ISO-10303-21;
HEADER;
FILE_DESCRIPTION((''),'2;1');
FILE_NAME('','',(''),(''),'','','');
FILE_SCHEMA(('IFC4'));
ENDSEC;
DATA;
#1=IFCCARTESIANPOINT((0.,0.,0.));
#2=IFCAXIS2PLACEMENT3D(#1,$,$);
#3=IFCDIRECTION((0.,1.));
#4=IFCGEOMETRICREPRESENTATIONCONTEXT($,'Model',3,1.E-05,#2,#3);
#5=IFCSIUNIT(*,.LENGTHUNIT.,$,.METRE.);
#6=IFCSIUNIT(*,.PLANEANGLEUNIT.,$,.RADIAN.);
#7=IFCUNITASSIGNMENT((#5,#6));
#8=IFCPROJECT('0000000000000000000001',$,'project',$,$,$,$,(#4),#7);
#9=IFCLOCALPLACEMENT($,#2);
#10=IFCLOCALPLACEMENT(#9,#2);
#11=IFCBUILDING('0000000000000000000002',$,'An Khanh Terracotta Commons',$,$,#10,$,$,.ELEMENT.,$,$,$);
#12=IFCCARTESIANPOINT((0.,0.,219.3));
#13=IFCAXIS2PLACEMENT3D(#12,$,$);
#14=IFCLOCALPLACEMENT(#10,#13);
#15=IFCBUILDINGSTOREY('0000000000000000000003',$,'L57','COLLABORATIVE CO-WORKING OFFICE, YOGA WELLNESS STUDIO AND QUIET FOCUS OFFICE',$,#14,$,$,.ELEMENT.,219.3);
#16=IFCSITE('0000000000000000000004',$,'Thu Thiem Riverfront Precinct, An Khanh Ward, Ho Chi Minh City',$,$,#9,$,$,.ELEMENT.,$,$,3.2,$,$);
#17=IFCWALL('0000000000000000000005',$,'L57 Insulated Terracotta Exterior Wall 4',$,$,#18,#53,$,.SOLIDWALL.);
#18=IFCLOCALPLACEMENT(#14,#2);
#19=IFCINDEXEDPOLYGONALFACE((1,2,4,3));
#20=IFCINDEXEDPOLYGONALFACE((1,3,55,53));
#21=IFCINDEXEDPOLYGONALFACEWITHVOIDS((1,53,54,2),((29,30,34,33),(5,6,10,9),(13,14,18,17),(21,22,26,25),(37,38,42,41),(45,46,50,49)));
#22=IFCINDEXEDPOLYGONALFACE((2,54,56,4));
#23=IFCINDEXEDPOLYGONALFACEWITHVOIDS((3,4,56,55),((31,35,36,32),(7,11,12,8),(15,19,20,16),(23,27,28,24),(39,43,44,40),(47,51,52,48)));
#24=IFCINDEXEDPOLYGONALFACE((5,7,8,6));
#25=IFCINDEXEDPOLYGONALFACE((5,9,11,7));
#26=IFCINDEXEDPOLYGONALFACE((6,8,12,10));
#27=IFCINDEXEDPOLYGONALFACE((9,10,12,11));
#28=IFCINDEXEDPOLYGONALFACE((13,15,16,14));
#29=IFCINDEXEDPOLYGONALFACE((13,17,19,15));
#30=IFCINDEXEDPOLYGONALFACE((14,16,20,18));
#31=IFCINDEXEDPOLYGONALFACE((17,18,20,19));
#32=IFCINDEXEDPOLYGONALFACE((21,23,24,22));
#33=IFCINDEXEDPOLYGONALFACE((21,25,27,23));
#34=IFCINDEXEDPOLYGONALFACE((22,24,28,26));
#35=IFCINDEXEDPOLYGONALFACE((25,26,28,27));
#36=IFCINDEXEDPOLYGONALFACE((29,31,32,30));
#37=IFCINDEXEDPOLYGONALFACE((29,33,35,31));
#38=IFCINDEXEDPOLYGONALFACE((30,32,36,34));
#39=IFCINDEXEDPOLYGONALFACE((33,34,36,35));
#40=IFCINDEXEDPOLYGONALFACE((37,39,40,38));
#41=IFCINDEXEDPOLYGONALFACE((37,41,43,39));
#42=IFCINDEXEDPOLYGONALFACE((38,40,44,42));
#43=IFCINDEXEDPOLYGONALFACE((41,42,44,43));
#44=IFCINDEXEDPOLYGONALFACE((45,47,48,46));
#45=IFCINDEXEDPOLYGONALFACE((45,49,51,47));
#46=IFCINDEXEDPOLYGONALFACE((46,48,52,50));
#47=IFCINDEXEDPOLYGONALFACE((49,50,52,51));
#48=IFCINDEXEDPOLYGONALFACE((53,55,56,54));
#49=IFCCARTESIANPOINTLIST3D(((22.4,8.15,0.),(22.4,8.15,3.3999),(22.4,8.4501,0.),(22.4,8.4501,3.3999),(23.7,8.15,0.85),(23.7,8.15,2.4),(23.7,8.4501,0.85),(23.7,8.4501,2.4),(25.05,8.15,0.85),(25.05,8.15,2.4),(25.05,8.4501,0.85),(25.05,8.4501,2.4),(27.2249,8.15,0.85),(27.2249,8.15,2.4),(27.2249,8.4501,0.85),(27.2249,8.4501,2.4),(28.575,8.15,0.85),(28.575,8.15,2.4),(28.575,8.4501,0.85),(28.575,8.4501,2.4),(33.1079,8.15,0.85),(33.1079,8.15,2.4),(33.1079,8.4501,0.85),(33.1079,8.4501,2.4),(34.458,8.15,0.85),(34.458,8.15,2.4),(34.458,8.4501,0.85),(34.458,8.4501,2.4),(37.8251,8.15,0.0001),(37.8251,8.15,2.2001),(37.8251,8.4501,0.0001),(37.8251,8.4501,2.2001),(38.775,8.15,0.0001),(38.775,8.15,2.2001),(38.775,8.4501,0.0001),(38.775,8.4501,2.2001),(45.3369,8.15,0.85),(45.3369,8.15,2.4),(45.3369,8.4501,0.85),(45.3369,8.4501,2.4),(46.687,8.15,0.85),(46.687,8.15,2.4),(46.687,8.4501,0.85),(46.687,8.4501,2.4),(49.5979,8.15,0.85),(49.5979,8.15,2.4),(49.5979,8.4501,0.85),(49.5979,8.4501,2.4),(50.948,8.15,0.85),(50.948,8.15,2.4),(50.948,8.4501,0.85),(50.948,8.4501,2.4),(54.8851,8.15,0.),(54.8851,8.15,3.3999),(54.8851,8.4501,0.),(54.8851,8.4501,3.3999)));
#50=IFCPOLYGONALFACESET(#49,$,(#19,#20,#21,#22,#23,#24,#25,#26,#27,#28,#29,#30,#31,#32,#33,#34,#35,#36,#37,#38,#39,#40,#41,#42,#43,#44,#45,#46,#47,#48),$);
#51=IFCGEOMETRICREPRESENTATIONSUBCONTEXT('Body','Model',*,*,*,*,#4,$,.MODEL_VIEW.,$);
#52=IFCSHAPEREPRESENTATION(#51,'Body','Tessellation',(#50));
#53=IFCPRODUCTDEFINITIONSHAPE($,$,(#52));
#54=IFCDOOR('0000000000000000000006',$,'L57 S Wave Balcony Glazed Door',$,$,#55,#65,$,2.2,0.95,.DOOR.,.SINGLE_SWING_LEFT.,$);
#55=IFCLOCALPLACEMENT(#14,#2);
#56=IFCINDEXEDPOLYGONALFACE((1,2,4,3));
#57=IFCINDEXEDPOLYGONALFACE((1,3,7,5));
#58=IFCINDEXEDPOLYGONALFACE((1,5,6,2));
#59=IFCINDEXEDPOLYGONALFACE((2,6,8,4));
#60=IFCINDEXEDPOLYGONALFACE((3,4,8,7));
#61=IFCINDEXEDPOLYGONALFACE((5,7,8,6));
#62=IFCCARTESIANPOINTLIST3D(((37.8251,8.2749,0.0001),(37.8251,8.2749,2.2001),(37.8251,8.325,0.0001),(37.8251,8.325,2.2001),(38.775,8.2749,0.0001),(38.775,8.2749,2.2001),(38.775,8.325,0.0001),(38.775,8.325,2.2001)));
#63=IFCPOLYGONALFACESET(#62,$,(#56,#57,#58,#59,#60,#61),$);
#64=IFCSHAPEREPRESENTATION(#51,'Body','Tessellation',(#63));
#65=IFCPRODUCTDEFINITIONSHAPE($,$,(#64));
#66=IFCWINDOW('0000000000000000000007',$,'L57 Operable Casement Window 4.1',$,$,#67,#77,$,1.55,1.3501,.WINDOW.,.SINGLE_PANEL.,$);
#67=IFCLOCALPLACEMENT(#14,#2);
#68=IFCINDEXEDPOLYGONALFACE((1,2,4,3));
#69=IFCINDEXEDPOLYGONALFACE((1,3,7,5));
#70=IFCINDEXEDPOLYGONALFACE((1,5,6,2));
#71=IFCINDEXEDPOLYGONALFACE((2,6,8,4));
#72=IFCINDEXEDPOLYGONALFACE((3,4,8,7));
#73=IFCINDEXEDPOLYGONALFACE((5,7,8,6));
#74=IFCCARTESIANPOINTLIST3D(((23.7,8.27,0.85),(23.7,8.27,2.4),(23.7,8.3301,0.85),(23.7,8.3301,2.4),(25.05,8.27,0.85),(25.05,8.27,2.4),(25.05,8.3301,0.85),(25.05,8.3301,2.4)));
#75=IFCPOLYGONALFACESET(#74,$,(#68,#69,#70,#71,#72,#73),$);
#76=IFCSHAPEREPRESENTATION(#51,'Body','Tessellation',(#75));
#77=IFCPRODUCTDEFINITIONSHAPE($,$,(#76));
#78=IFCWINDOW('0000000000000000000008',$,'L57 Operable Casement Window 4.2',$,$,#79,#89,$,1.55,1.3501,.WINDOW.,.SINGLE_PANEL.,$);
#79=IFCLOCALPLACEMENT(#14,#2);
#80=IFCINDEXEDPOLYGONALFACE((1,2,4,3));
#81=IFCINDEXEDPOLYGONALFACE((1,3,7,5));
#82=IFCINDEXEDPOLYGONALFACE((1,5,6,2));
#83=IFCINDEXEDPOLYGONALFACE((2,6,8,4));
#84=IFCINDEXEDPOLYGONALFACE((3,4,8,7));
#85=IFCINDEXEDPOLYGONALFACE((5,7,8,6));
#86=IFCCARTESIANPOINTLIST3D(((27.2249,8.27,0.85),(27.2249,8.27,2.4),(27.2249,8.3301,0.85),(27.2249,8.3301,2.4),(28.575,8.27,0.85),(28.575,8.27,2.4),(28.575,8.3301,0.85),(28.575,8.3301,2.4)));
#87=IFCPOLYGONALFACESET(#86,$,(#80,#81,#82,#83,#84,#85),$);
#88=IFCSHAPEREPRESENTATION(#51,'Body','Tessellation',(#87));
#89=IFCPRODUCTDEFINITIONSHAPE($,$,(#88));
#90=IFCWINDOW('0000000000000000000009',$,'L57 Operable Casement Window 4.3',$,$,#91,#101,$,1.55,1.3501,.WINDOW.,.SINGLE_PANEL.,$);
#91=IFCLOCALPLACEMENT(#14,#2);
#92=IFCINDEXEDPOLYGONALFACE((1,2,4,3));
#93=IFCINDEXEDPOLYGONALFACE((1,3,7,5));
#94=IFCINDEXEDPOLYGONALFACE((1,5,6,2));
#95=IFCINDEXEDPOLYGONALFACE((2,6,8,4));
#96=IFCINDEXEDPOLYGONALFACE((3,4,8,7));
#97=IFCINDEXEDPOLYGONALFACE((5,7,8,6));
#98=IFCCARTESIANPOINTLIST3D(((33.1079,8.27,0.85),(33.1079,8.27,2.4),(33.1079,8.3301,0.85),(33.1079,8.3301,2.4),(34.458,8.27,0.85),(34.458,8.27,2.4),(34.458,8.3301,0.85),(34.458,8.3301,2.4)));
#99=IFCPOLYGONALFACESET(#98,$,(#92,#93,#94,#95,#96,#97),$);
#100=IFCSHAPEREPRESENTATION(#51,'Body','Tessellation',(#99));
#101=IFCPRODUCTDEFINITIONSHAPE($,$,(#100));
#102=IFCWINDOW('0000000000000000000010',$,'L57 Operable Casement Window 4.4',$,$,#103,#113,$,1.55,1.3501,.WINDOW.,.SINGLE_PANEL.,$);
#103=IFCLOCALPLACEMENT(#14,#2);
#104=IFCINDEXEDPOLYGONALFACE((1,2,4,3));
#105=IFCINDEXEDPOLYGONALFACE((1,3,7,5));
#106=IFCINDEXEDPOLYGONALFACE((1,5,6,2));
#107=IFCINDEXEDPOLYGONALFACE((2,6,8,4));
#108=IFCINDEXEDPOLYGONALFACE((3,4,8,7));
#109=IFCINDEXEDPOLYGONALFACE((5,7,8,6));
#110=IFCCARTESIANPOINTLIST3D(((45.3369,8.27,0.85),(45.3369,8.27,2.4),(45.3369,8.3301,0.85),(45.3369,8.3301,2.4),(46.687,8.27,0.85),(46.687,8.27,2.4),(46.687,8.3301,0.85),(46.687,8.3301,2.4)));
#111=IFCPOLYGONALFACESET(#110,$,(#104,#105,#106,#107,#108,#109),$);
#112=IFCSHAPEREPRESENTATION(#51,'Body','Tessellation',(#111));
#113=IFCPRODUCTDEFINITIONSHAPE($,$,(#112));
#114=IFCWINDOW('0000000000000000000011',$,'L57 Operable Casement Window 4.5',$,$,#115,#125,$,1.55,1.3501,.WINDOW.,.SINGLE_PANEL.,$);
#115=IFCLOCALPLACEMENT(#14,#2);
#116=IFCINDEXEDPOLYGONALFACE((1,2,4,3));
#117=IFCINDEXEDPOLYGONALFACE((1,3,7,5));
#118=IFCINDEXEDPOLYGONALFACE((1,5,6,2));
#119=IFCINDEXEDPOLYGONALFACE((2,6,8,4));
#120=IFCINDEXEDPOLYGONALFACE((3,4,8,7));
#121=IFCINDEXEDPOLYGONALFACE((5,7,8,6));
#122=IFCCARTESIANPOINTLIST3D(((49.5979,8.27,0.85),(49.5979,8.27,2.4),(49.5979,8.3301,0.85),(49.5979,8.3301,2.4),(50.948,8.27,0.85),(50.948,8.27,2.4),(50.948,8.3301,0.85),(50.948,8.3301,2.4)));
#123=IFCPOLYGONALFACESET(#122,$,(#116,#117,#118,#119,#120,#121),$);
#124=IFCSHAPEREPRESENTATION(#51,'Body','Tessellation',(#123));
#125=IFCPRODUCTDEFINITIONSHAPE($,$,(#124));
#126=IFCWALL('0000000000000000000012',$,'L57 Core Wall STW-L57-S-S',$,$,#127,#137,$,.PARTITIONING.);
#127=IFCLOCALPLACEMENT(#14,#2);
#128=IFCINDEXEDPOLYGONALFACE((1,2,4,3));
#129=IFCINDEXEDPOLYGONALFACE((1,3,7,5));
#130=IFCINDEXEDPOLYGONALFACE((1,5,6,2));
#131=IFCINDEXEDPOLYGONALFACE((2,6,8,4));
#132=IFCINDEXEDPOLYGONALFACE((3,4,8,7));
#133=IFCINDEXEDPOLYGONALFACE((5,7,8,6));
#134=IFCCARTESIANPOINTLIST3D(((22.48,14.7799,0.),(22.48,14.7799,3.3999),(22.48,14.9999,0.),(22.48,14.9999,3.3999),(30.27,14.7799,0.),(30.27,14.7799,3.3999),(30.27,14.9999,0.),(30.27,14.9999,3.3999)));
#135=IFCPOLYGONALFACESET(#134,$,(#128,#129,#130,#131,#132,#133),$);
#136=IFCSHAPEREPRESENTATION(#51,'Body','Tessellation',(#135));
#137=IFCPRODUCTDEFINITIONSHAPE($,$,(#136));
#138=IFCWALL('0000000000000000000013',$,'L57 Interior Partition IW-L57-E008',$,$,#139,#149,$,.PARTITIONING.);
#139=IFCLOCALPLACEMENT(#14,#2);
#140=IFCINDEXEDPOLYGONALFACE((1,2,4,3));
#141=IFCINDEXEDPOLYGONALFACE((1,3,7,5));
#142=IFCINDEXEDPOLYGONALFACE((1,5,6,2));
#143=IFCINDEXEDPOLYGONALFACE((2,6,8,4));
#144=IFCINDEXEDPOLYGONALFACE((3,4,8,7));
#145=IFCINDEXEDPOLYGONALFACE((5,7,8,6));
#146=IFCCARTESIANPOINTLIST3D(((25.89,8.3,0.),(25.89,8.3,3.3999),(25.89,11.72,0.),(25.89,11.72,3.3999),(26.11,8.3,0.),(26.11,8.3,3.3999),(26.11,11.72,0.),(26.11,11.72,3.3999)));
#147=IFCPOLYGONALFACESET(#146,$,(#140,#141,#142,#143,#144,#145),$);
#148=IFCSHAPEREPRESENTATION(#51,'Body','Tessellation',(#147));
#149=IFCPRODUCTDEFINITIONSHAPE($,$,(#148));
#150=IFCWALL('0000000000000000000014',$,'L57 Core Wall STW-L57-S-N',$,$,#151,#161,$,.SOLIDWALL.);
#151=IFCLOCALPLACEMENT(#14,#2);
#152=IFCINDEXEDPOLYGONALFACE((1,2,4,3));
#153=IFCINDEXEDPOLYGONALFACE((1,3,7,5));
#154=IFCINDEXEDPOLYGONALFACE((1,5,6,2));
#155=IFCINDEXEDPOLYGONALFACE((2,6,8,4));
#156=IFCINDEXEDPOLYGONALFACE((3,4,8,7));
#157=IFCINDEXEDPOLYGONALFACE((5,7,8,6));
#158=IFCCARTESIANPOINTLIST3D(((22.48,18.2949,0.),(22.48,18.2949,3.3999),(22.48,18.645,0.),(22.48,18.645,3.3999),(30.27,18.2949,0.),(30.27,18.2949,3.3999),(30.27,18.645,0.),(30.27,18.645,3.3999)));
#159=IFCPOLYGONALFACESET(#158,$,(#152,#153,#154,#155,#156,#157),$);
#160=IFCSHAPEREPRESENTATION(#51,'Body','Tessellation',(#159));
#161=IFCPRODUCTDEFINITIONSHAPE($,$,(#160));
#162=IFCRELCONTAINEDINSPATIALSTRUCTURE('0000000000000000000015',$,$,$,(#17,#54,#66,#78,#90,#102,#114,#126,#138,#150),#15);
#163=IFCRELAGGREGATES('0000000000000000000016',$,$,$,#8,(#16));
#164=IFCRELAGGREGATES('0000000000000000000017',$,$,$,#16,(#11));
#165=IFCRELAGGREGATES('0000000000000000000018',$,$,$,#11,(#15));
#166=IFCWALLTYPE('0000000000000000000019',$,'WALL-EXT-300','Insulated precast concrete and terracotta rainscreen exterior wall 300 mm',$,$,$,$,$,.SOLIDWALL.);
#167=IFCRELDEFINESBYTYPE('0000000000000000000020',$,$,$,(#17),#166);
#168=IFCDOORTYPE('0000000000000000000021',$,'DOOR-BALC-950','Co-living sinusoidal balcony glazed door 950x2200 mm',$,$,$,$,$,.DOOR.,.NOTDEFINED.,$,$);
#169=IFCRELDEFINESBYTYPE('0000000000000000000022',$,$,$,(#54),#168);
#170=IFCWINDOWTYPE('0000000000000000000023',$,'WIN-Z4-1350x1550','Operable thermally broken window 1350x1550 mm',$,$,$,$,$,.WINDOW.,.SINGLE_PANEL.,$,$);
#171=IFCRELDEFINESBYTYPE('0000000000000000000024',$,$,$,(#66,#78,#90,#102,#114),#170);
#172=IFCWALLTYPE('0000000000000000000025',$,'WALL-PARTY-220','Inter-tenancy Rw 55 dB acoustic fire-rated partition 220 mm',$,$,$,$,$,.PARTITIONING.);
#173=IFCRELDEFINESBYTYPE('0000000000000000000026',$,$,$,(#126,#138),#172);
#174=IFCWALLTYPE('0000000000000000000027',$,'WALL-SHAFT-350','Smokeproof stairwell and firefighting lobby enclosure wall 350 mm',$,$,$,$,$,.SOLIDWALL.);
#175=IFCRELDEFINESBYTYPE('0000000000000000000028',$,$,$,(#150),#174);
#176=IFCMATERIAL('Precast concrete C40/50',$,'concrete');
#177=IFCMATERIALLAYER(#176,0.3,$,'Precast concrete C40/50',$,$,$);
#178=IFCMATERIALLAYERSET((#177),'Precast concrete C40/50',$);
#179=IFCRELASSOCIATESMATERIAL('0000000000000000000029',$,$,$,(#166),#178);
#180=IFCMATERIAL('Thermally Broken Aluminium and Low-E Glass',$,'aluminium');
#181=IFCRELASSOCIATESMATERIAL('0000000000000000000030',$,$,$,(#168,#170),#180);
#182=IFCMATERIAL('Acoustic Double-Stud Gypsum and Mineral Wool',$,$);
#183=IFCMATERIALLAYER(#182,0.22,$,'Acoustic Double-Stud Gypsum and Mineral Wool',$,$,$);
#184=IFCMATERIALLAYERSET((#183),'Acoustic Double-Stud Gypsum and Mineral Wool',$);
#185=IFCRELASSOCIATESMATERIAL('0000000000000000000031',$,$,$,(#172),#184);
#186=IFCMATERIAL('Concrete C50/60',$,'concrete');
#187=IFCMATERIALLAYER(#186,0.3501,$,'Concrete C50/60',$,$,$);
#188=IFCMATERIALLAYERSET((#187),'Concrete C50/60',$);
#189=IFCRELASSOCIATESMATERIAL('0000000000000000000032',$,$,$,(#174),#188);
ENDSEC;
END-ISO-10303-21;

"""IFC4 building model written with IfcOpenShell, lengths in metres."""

from ifc_helpers import new_model, si_unit, direction, frame, frame_2d, origin, place, context, subcontext, project, spatial, rectangle, extrude, material, layer, layer_set, type_object, element, fill, save


model = new_model("IFC4")

# Units and contexts
model_context = context("Model", 3, precision=1e-05, world=origin(), true_north=direction((0.0, 1.0)))
body_context = subcontext(model_context, "Body", "Model", "MODEL_VIEW")
ifc_project = project(units=[si_unit("LENGTHUNIT", "METRE"), si_unit("PLANEANGLEUNIT", "RADIAN")], contexts=[model_context])

# Site, building, storey
site_placement = place(None, origin())
site = spatial("IfcSite", under=ifc_project, at=site_placement, Name="Thu Thiem Riverfront Precinct, An Khanh Ward, Ho Chi Minh City", CompositionType="ELEMENT", RefElevation=3.2)
building_placement = place(site_placement, origin())
building = spatial("IfcBuilding", under=site, at=building_placement, Name="An Khanh Terracotta Commons", CompositionType="ELEMENT")
storey_placement = place(building_placement, frame((0.0, 0.0, 219.3)))
storey = spatial("IfcBuildingStorey", under=building, at=storey_placement, Name="L57", Description="COLLABORATIVE CO-WORKING OFFICE, YOGA WELLNESS STUDIO AND QUIET FOCUS OFFICE", CompositionType="ELEMENT", Elevation=219.3)

# Shared definitions
ifc_material_1 = material(Name="Concrete C50/60", Category="concrete")

# Wall, openings, door, windows
ifc_material_2 = material(Name="Precast concrete C40/50", Category="concrete")
ifc_layer_1 = layer(ifc_material_2, 0.3, Name="Precast concrete C40/50")
ifc_layer_set_1 = layer_set([ifc_layer_1], Name="Precast concrete C40/50")
wall_type_1 = type_object("IfcWallType", Name="WALL-EXT-300", Description="Insulated precast concrete and terracotta rainscreen exterior wall 300 mm", PredefinedType="SOLIDWALL", material=ifc_layer_set_1)
wall_1_placement = place(storey_placement, frame((22.3999, 8.3, 0.0), z_axis=(0.0, 0.0, 1.0), x_axis=(1.0, 0.0, 0.0)))
wall_1 = element("IfcWall", 1, at=wall_1_placement, inside=storey, type_object=wall_type_1, Name="L57 Insulated Terracotta Exterior Wall 4", PredefinedType="SOLIDWALL", context=body_context, shape_type="SweptSolid", body=[
    extrude(rectangle(XDim=32.4851, YDim=0.3, at=frame_2d((16.2427, 0.0))), origin(), (0.0, 0.0, 1.0), 3.3999),
])
opening_1_placement = place(wall_1_placement, frame((15.425, 0.0, 0.0)))
opening_1 = element("IfcOpeningElement", 2, at=opening_1_placement, cuts=wall_1, PredefinedType="OPENING", context=body_context, shape_type="SweptSolid", body=[
    extrude(rectangle(XDim=0.95, YDim=2.2, at=frame_2d((0.4751, 1.1001))), frame((0.0, 0.1599, 0.0), z_axis=(0.0, -1.0, 0.0), x_axis=(1.0, 0.0, 0.0)), (0.0, 0.0, 1.0), 0.3201),
])
opening_2_placement = place(wall_1_placement, frame((1.3, 0.0, 0.8501)))
opening_2 = element("IfcOpeningElement", 3, at=opening_2_placement, cuts=wall_1, PredefinedType="OPENING", context=body_context, shape_type="SweptSolid", body=[
    extrude(rectangle(XDim=1.3501, YDim=1.55, at=frame_2d((0.675, 0.7749))), frame((0.0, 0.1599, 0.0), z_axis=(0.0, -1.0, 0.0), x_axis=(1.0, 0.0, 0.0)), (0.0, 0.0, 1.0), 0.3201),
])
opening_3_placement = place(wall_1_placement, frame((4.825, 0.0, 0.8501)))
opening_3 = element("IfcOpeningElement", 4, at=opening_3_placement, cuts=wall_1, PredefinedType="OPENING", context=body_context, shape_type="SweptSolid", body=[
    extrude(rectangle(XDim=1.3501, YDim=1.55, at=frame_2d((0.675, 0.7749))), frame((0.0, 0.1599, 0.0), z_axis=(0.0, -1.0, 0.0), x_axis=(1.0, 0.0, 0.0)), (0.0, 0.0, 1.0), 0.3201),
])
opening_4_placement = place(wall_1_placement, frame((10.708, 0.0, 0.8501)))
opening_4 = element("IfcOpeningElement", 5, at=opening_4_placement, cuts=wall_1, PredefinedType="OPENING", context=body_context, shape_type="SweptSolid", body=[
    extrude(rectangle(XDim=1.3501, YDim=1.55, at=frame_2d((0.675, 0.7749))), frame((0.0, 0.1599, 0.0), z_axis=(0.0, -1.0, 0.0), x_axis=(1.0, 0.0, 0.0)), (0.0, 0.0, 1.0), 0.3201),
])
opening_5_placement = place(wall_1_placement, frame((22.937, 0.0, 0.8501)))
opening_5 = element("IfcOpeningElement", 6, at=opening_5_placement, cuts=wall_1, PredefinedType="OPENING", context=body_context, shape_type="SweptSolid", body=[
    extrude(rectangle(XDim=1.3501, YDim=1.55, at=frame_2d((0.675, 0.7749))), frame((0.0, 0.1599, 0.0), z_axis=(0.0, -1.0, 0.0), x_axis=(1.0, 0.0, 0.0)), (0.0, 0.0, 1.0), 0.3201),
])
opening_6_placement = place(wall_1_placement, frame((27.198, 0.0, 0.8501)))
opening_6 = element("IfcOpeningElement", 7, at=opening_6_placement, cuts=wall_1, PredefinedType="OPENING", context=body_context, shape_type="SweptSolid", body=[
    extrude(rectangle(XDim=1.3501, YDim=1.55, at=frame_2d((0.675, 0.7749))), frame((0.0, 0.1599, 0.0), z_axis=(0.0, -1.0, 0.0), x_axis=(1.0, 0.0, 0.0)), (0.0, 0.0, 1.0), 0.3201),
])
ifc_material_3 = material(Name="Thermally Broken Aluminium and Low-E Glass", Category="aluminium")
door_type = type_object("IfcDoorType", Name="DOOR-BALC-950", Description="Co-living sinusoidal balcony glazed door 950x2200 mm", OperationType="NOTDEFINED", PredefinedType="DOOR", material=ifc_material_3)
door_placement = place(opening_1_placement, origin())
door = element("IfcDoor", 8, at=door_placement, inside=storey, type_object=door_type, Name="L57 S Wave Balcony Glazed Door", OperationType="SINGLE_SWING_LEFT", OverallHeight=2.2, OverallWidth=0.95, PredefinedType="DOOR", context=body_context, shape_type="SweptSolid", body=[
    extrude(rectangle(XDim=0.95, YDim=2.2, at=frame_2d((0.4751, 1.1001))), frame((0.0, 0.0249, 0.0), z_axis=(0.0, -1.0, 0.0), x_axis=(1.0, 0.0, 0.0)), (0.0, 0.0, 1.0), 0.05),
])
fill(opening_1, door)
window_type = type_object("IfcWindowType", Name="WIN-Z4-1350x1550", Description="Operable thermally broken window 1350x1550 mm", PartitioningType="SINGLE_PANEL", PredefinedType="WINDOW", material=ifc_material_3)
window_1_placement = place(opening_2_placement, origin())
window_1 = element("IfcWindow", 9, at=window_1_placement, inside=storey, type_object=window_type, Name="L57 Operable Casement Window 4.1", OverallHeight=1.55, OverallWidth=1.3501, PartitioningType="SINGLE_PANEL", PredefinedType="WINDOW", context=body_context, shape_type="SweptSolid", body=[
    extrude(rectangle(XDim=1.3501, YDim=1.55, at=frame_2d((0.675, 0.7749))), frame((0.0, 0.03, 0.0), z_axis=(0.0, -1.0, 0.0), x_axis=(1.0, 0.0, 0.0)), (0.0, 0.0, 1.0), 0.0601),
])
fill(opening_2, window_1)
window_2_placement = place(opening_3_placement, origin())
window_2 = element("IfcWindow", 10, at=window_2_placement, inside=storey, type_object=window_type, Name="L57 Operable Casement Window 4.2", OverallHeight=1.55, OverallWidth=1.3501, PartitioningType="SINGLE_PANEL", PredefinedType="WINDOW", context=body_context, shape_type="SweptSolid", body=[
    extrude(rectangle(XDim=1.3501, YDim=1.55, at=frame_2d((0.675, 0.7749))), frame((0.0, 0.03, 0.0), z_axis=(0.0, -1.0, 0.0), x_axis=(1.0, 0.0, 0.0)), (0.0, 0.0, 1.0), 0.0601),
])
fill(opening_3, window_2)
window_3_placement = place(opening_4_placement, origin())
window_3 = element("IfcWindow", 11, at=window_3_placement, inside=storey, type_object=window_type, Name="L57 Operable Casement Window 4.3", OverallHeight=1.55, OverallWidth=1.3501, PartitioningType="SINGLE_PANEL", PredefinedType="WINDOW", context=body_context, shape_type="SweptSolid", body=[
    extrude(rectangle(XDim=1.3501, YDim=1.55, at=frame_2d((0.675, 0.7749))), frame((0.0, 0.03, 0.0), z_axis=(0.0, -1.0, 0.0), x_axis=(1.0, 0.0, 0.0)), (0.0, 0.0, 1.0), 0.0601),
])
fill(opening_4, window_3)
window_4_placement = place(opening_5_placement, origin())
window_4 = element("IfcWindow", 12, at=window_4_placement, inside=storey, type_object=window_type, Name="L57 Operable Casement Window 4.4", OverallHeight=1.55, OverallWidth=1.3501, PartitioningType="SINGLE_PANEL", PredefinedType="WINDOW", context=body_context, shape_type="SweptSolid", body=[
    extrude(rectangle(XDim=1.3501, YDim=1.55, at=frame_2d((0.675, 0.7749))), frame((0.0, 0.03, 0.0), z_axis=(0.0, -1.0, 0.0), x_axis=(1.0, 0.0, 0.0)), (0.0, 0.0, 1.0), 0.0601),
])
fill(opening_5, window_4)
window_5_placement = place(opening_6_placement, origin())
window_5 = element("IfcWindow", 13, at=window_5_placement, inside=storey, type_object=window_type, Name="L57 Operable Casement Window 4.5", OverallHeight=1.55, OverallWidth=1.3501, PartitioningType="SINGLE_PANEL", PredefinedType="WINDOW", context=body_context, shape_type="SweptSolid", body=[
    extrude(rectangle(XDim=1.3501, YDim=1.55, at=frame_2d((0.675, 0.7749))), frame((0.0, 0.03, 0.0), z_axis=(0.0, -1.0, 0.0), x_axis=(1.0, 0.0, 0.0)), (0.0, 0.0, 1.0), 0.0601),
])
fill(opening_6, window_5)

# Walls
ifc_material_4 = material(Name="Acoustic Double-Stud Gypsum and Mineral Wool")
ifc_layer_2 = layer(ifc_material_4, 0.22, Name="Acoustic Double-Stud Gypsum and Mineral Wool")
ifc_layer_set_2 = layer_set([ifc_layer_2], Name="Acoustic Double-Stud Gypsum and Mineral Wool")
wall_type_2 = type_object("IfcWallType", Name="WALL-PARTY-220", Description="Inter-tenancy Rw 55 dB acoustic fire-rated partition 220 mm", PredefinedType="PARTITIONING", material=ifc_layer_set_2)
wall_2_placement = place(storey_placement, frame((22.48, 14.8899, 0.0), z_axis=(0.0, 0.0, 1.0), x_axis=(1.0, 0.0, 0.0)))
element("IfcWall", 14, at=wall_2_placement, inside=storey, type_object=wall_type_2, Name="L57 Core Wall STW-L57-S-S", PredefinedType="PARTITIONING", context=body_context, shape_type="SweptSolid", body=[
    extrude(rectangle(XDim=7.79, YDim=0.22, at=frame_2d((3.895, 0.0))), origin(), (0.0, 0.0, 1.0), 3.3999),
])
wall_3_placement = place(storey_placement, frame((26.0, 8.3, 0.0), z_axis=(0.0, 0.0, 1.0), x_axis=(0.0, 1.0, 0.0)))
element("IfcWall", 15, at=wall_3_placement, inside=storey, type_object=wall_type_2, Name="L57 Interior Partition IW-L57-E008", PredefinedType="PARTITIONING", context=body_context, shape_type="SweptSolid", body=[
    extrude(rectangle(XDim=3.4199, YDim=0.22, at=frame_2d((1.71, 0.0))), origin(), (0.0, 0.0, 1.0), 3.3999),
])
ifc_layer_3 = layer(ifc_material_1, 0.3501, Name="Concrete C50/60")
ifc_layer_set_3 = layer_set([ifc_layer_3], Name="Concrete C50/60")
wall_type_3 = type_object("IfcWallType", Name="WALL-SHAFT-350", Description="Smokeproof stairwell and firefighting lobby enclosure wall 350 mm", PredefinedType="SOLIDWALL", material=ifc_layer_set_3)
wall_4_placement = place(storey_placement, frame((22.48, 18.47, 0.0), z_axis=(0.0, 0.0, 1.0), x_axis=(1.0, 0.0, 0.0)))
element("IfcWall", 16, at=wall_4_placement, inside=storey, type_object=wall_type_3, Name="L57 Core Wall STW-L57-S-N", PredefinedType="SOLIDWALL", context=body_context, shape_type="SweptSolid", body=[
    extrude(rectangle(XDim=7.79, YDim=0.3501, at=frame_2d((3.895, 0.0))), origin(), (0.0, 0.0, 1.0), 3.3999),
])

save(model, "model.ifc")
